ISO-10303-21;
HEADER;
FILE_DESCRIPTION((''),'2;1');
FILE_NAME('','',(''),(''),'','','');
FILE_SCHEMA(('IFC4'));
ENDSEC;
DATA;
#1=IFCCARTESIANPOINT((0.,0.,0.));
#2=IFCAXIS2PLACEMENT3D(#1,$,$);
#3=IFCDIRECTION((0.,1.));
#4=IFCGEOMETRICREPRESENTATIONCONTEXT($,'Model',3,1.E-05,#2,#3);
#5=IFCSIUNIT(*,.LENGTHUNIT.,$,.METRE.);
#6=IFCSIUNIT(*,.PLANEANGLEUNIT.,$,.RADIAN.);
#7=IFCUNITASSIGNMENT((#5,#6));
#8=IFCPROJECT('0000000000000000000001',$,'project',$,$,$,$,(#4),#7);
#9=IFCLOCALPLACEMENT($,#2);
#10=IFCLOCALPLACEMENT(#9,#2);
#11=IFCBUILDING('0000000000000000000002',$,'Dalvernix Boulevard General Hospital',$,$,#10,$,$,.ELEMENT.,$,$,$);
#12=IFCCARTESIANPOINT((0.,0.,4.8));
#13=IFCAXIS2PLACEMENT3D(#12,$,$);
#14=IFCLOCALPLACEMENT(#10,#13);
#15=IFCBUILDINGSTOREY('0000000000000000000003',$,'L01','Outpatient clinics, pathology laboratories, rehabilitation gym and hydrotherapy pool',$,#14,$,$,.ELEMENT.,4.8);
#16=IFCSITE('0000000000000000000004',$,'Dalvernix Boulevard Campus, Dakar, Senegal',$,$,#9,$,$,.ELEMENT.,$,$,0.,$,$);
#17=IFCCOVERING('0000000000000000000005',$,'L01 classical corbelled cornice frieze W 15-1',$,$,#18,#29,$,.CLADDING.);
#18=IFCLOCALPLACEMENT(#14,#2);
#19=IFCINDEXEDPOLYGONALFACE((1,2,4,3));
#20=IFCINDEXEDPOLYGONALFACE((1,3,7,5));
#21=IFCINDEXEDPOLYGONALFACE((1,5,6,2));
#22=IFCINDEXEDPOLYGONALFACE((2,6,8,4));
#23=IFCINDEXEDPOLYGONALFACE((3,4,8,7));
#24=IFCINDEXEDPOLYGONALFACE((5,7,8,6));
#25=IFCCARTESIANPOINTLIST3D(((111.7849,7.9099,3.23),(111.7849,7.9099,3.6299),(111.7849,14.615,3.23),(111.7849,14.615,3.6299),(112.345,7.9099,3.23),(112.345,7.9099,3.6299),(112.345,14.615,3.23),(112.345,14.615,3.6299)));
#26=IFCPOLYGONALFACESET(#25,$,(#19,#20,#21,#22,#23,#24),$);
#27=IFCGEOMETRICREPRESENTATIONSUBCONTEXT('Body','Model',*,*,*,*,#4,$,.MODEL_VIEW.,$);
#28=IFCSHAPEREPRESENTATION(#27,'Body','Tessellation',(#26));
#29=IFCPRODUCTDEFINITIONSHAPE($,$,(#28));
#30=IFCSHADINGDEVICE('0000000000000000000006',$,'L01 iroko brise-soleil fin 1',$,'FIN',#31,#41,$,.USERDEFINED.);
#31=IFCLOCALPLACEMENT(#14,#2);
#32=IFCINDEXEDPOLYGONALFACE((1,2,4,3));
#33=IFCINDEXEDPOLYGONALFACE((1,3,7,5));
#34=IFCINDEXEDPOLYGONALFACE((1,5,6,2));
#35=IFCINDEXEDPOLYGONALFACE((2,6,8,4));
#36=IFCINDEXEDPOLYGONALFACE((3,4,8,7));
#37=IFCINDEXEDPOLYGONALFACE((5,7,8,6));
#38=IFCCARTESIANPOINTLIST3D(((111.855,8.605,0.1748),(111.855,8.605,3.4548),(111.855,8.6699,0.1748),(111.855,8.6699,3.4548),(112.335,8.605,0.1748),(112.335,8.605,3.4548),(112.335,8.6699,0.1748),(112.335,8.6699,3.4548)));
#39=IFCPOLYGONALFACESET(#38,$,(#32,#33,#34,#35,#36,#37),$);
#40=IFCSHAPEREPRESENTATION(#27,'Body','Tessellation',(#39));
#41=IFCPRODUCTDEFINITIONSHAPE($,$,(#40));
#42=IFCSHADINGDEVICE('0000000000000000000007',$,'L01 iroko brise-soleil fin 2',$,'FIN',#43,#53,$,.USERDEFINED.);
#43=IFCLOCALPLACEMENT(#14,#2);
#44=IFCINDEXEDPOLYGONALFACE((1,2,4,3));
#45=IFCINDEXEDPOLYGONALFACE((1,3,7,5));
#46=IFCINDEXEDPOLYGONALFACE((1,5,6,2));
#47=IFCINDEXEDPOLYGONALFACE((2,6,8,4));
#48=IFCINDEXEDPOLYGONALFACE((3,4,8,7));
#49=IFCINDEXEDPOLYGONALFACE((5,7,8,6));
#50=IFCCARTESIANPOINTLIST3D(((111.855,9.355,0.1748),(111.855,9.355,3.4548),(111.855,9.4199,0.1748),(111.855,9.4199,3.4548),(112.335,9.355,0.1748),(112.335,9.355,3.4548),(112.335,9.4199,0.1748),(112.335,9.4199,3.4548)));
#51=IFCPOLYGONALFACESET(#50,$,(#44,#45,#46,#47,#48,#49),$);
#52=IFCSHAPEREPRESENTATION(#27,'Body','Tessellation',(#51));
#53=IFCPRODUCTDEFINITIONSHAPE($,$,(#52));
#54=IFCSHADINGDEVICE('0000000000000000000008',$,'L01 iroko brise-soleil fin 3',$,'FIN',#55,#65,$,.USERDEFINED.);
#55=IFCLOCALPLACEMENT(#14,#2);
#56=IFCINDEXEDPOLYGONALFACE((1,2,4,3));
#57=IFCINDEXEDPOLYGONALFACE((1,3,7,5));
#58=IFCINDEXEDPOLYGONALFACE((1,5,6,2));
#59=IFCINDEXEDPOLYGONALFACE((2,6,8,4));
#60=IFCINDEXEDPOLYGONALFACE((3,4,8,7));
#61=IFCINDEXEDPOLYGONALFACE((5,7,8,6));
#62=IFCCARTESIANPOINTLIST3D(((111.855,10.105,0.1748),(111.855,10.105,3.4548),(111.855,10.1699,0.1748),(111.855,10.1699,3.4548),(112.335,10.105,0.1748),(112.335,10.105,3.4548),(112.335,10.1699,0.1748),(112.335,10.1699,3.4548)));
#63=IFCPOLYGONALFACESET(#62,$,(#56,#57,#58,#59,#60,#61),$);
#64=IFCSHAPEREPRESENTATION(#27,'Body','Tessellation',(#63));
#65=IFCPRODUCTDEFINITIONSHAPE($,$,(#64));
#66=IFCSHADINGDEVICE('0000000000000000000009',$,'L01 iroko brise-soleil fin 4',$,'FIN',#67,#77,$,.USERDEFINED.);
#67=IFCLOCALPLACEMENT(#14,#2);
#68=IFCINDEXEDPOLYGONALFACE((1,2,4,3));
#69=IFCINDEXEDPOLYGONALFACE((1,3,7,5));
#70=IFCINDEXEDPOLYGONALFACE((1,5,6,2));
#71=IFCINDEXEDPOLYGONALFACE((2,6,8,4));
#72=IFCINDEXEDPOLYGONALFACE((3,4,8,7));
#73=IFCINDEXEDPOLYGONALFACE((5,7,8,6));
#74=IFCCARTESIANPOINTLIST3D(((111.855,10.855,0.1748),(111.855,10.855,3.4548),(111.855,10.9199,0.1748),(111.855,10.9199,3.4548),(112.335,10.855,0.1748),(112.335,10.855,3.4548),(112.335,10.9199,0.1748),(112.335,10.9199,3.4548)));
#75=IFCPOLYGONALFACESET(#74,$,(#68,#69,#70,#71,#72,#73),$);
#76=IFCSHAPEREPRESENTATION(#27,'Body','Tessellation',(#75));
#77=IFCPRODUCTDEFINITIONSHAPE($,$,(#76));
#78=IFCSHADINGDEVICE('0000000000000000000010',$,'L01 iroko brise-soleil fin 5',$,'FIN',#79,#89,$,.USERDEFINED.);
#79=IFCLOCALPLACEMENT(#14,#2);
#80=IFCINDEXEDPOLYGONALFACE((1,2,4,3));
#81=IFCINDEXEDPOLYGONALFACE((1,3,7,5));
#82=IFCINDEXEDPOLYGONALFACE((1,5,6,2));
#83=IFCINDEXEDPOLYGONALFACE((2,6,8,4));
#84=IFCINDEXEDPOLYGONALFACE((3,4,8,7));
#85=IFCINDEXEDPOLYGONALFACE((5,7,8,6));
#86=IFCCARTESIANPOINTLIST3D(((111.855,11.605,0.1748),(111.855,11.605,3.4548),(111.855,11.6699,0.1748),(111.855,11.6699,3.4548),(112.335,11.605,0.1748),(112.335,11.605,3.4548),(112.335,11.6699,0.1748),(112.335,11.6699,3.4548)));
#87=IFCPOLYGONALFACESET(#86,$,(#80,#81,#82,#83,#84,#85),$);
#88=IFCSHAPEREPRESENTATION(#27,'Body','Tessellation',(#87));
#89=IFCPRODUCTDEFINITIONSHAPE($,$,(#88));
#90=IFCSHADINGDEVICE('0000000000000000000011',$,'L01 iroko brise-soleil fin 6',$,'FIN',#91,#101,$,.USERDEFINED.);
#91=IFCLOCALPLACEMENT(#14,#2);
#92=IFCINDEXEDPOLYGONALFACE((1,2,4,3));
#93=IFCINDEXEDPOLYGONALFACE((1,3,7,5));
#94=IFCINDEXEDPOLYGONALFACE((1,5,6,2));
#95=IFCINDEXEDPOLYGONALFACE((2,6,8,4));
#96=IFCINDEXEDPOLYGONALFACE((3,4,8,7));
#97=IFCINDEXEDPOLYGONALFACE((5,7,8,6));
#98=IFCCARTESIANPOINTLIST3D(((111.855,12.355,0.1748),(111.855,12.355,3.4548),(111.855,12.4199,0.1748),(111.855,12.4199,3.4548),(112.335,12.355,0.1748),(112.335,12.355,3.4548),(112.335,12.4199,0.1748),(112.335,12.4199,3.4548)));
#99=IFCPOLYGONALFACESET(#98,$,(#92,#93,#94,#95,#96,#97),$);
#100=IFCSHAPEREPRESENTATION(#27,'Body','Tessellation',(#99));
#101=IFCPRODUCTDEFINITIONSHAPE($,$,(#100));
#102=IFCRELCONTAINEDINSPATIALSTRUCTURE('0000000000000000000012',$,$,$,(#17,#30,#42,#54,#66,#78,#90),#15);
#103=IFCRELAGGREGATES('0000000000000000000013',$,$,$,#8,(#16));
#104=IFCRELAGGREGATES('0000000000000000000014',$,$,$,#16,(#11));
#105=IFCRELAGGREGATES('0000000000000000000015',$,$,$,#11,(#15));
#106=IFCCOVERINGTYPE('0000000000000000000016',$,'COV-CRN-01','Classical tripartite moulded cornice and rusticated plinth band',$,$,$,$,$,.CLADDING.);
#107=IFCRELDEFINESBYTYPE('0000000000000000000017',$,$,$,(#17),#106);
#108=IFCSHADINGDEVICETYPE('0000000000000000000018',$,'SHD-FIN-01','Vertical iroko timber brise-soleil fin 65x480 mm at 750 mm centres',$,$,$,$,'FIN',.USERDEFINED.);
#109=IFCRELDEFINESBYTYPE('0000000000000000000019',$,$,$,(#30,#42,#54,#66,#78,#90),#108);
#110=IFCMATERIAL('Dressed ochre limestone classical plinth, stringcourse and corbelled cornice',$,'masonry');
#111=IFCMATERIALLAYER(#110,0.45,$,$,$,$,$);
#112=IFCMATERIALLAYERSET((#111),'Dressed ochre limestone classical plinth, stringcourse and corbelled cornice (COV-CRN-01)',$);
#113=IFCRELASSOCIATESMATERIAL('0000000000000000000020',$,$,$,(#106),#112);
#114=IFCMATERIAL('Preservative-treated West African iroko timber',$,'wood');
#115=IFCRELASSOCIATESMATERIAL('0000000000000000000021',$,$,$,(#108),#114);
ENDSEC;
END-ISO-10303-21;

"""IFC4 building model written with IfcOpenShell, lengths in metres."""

from ifc_helpers import new_model, si_unit, direction, frame, origin, origin_2d, place, context, subcontext, project, spatial, rectangle, extrude, material, layer, layer_set, type_object, element, save


model = new_model("IFC4")

# Units and contexts
model_context = context("Model", 3, precision=1e-05, world=origin(), true_north=direction((0.0, 1.0)))
body_context = subcontext(model_context, "Body", "Model", "MODEL_VIEW")
ifc_project = project(units=[si_unit("LENGTHUNIT", "METRE"), si_unit("PLANEANGLEUNIT", "RADIAN")], contexts=[model_context])

# Site, building, storey
site_placement = place(None, origin())
site = spatial("IfcSite", under=ifc_project, at=site_placement, Name="Dalvernix Boulevard Campus, Dakar, Senegal", CompositionType="ELEMENT", RefElevation=0.0)
building_placement = place(site_placement, origin())
building = spatial("IfcBuilding", under=site, at=building_placement, Name="Dalvernix Boulevard General Hospital", CompositionType="ELEMENT")
storey_placement = place(building_placement, frame((0.0, 0.0, 4.8)))
storey = spatial("IfcBuildingStorey", under=building, at=storey_placement, Name="L01", Description="Outpatient clinics, pathology laboratories, rehabilitation gym and hydrotherapy pool", CompositionType="ELEMENT", Elevation=4.8)

# Covering
ifc_material_1 = material(Name="Dressed ochre limestone classical plinth, stringcourse and corbelled cornice", Category="masonry")
ifc_layer_1 = layer(ifc_material_1, 0.45)
ifc_layer_set_1 = layer_set([ifc_layer_1], Name="Dressed ochre limestone classical plinth, stringcourse and corbelled cornice (COV-CRN-01)")
covering_type_1 = type_object("IfcCoveringType", Name="COV-CRN-01", Description="Classical tripartite moulded cornice and rusticated plinth band", PredefinedType="CLADDING", material=ifc_layer_set_1)
covering_1_placement = place(storey_placement, frame((112.0649, 11.2625, 3.23), z_axis=(0.0, 0.0, 1.0), x_axis=(0.0, 1.0, 0.0)))
element("IfcCovering", 1, at=covering_1_placement, inside=storey, type_object=covering_type_1, Name="L01 classical corbelled cornice frieze W 15-1", PredefinedType="CLADDING", context=body_context, shape_type="SweptSolid", body=[
    extrude(rectangle(XDim=6.7051, YDim=0.5601, at=origin_2d()), origin(), (0.0, 0.0, 1.0), 0.3999),
])

# Shading devices
ifc_material_2 = material(Name="Preservative-treated West African iroko timber", Category="wood")
shading_device_type = type_object("IfcShadingDeviceType", Name="SHD-FIN-01", Description="Vertical iroko timber brise-soleil fin 65x480 mm at 750 mm centres", ElementType="FIN", PredefinedType="USERDEFINED", material=ifc_material_2)
for number, where, z_axis, x_axis, name in (
    (2, (112.095, 8.6375, 0.1748), (0.0, 0.0, 1.0), (0.0, 1.0, 0.0), "L01 iroko brise-soleil fin 1"),
    (3, (112.095, 9.3875, 0.1748), (0.0, 0.0, 1.0), (0.0, 1.0, 0.0), "L01 iroko brise-soleil fin 2"),
    (4, (112.095, 10.1375, 0.1748), (0.0, 0.0, 1.0), (0.0, 1.0, 0.0), "L01 iroko brise-soleil fin 3"),
    (5, (112.095, 10.8875, 0.1748), (0.0, 0.0, 1.0), (0.0, 1.0, 0.0), "L01 iroko brise-soleil fin 4"),
    (6, (112.095, 11.6375, 0.1748), (0.0, 0.0, 1.0), (0.0, 1.0, 0.0), "L01 iroko brise-soleil fin 5"),
    (7, (112.095, 12.3875, 0.1748), (0.0, 0.0, 1.0), (0.0, 1.0, 0.0), "L01 iroko brise-soleil fin 6"),
):
    element("IfcShadingDevice", number, at=place(storey_placement, frame(where, z_axis=z_axis, x_axis=x_axis)), inside=storey, type_object=shading_device_type, Name=name, ObjectType="FIN", PredefinedType="USERDEFINED", context=body_context, shape_type="SweptSolid", body=[
        extrude(rectangle(XDim=0.0649, YDim=0.48, at=origin_2d()), origin(), (0.0, 0.0, 1.0), 3.28),
    ])

save(model, "model.ifc")
